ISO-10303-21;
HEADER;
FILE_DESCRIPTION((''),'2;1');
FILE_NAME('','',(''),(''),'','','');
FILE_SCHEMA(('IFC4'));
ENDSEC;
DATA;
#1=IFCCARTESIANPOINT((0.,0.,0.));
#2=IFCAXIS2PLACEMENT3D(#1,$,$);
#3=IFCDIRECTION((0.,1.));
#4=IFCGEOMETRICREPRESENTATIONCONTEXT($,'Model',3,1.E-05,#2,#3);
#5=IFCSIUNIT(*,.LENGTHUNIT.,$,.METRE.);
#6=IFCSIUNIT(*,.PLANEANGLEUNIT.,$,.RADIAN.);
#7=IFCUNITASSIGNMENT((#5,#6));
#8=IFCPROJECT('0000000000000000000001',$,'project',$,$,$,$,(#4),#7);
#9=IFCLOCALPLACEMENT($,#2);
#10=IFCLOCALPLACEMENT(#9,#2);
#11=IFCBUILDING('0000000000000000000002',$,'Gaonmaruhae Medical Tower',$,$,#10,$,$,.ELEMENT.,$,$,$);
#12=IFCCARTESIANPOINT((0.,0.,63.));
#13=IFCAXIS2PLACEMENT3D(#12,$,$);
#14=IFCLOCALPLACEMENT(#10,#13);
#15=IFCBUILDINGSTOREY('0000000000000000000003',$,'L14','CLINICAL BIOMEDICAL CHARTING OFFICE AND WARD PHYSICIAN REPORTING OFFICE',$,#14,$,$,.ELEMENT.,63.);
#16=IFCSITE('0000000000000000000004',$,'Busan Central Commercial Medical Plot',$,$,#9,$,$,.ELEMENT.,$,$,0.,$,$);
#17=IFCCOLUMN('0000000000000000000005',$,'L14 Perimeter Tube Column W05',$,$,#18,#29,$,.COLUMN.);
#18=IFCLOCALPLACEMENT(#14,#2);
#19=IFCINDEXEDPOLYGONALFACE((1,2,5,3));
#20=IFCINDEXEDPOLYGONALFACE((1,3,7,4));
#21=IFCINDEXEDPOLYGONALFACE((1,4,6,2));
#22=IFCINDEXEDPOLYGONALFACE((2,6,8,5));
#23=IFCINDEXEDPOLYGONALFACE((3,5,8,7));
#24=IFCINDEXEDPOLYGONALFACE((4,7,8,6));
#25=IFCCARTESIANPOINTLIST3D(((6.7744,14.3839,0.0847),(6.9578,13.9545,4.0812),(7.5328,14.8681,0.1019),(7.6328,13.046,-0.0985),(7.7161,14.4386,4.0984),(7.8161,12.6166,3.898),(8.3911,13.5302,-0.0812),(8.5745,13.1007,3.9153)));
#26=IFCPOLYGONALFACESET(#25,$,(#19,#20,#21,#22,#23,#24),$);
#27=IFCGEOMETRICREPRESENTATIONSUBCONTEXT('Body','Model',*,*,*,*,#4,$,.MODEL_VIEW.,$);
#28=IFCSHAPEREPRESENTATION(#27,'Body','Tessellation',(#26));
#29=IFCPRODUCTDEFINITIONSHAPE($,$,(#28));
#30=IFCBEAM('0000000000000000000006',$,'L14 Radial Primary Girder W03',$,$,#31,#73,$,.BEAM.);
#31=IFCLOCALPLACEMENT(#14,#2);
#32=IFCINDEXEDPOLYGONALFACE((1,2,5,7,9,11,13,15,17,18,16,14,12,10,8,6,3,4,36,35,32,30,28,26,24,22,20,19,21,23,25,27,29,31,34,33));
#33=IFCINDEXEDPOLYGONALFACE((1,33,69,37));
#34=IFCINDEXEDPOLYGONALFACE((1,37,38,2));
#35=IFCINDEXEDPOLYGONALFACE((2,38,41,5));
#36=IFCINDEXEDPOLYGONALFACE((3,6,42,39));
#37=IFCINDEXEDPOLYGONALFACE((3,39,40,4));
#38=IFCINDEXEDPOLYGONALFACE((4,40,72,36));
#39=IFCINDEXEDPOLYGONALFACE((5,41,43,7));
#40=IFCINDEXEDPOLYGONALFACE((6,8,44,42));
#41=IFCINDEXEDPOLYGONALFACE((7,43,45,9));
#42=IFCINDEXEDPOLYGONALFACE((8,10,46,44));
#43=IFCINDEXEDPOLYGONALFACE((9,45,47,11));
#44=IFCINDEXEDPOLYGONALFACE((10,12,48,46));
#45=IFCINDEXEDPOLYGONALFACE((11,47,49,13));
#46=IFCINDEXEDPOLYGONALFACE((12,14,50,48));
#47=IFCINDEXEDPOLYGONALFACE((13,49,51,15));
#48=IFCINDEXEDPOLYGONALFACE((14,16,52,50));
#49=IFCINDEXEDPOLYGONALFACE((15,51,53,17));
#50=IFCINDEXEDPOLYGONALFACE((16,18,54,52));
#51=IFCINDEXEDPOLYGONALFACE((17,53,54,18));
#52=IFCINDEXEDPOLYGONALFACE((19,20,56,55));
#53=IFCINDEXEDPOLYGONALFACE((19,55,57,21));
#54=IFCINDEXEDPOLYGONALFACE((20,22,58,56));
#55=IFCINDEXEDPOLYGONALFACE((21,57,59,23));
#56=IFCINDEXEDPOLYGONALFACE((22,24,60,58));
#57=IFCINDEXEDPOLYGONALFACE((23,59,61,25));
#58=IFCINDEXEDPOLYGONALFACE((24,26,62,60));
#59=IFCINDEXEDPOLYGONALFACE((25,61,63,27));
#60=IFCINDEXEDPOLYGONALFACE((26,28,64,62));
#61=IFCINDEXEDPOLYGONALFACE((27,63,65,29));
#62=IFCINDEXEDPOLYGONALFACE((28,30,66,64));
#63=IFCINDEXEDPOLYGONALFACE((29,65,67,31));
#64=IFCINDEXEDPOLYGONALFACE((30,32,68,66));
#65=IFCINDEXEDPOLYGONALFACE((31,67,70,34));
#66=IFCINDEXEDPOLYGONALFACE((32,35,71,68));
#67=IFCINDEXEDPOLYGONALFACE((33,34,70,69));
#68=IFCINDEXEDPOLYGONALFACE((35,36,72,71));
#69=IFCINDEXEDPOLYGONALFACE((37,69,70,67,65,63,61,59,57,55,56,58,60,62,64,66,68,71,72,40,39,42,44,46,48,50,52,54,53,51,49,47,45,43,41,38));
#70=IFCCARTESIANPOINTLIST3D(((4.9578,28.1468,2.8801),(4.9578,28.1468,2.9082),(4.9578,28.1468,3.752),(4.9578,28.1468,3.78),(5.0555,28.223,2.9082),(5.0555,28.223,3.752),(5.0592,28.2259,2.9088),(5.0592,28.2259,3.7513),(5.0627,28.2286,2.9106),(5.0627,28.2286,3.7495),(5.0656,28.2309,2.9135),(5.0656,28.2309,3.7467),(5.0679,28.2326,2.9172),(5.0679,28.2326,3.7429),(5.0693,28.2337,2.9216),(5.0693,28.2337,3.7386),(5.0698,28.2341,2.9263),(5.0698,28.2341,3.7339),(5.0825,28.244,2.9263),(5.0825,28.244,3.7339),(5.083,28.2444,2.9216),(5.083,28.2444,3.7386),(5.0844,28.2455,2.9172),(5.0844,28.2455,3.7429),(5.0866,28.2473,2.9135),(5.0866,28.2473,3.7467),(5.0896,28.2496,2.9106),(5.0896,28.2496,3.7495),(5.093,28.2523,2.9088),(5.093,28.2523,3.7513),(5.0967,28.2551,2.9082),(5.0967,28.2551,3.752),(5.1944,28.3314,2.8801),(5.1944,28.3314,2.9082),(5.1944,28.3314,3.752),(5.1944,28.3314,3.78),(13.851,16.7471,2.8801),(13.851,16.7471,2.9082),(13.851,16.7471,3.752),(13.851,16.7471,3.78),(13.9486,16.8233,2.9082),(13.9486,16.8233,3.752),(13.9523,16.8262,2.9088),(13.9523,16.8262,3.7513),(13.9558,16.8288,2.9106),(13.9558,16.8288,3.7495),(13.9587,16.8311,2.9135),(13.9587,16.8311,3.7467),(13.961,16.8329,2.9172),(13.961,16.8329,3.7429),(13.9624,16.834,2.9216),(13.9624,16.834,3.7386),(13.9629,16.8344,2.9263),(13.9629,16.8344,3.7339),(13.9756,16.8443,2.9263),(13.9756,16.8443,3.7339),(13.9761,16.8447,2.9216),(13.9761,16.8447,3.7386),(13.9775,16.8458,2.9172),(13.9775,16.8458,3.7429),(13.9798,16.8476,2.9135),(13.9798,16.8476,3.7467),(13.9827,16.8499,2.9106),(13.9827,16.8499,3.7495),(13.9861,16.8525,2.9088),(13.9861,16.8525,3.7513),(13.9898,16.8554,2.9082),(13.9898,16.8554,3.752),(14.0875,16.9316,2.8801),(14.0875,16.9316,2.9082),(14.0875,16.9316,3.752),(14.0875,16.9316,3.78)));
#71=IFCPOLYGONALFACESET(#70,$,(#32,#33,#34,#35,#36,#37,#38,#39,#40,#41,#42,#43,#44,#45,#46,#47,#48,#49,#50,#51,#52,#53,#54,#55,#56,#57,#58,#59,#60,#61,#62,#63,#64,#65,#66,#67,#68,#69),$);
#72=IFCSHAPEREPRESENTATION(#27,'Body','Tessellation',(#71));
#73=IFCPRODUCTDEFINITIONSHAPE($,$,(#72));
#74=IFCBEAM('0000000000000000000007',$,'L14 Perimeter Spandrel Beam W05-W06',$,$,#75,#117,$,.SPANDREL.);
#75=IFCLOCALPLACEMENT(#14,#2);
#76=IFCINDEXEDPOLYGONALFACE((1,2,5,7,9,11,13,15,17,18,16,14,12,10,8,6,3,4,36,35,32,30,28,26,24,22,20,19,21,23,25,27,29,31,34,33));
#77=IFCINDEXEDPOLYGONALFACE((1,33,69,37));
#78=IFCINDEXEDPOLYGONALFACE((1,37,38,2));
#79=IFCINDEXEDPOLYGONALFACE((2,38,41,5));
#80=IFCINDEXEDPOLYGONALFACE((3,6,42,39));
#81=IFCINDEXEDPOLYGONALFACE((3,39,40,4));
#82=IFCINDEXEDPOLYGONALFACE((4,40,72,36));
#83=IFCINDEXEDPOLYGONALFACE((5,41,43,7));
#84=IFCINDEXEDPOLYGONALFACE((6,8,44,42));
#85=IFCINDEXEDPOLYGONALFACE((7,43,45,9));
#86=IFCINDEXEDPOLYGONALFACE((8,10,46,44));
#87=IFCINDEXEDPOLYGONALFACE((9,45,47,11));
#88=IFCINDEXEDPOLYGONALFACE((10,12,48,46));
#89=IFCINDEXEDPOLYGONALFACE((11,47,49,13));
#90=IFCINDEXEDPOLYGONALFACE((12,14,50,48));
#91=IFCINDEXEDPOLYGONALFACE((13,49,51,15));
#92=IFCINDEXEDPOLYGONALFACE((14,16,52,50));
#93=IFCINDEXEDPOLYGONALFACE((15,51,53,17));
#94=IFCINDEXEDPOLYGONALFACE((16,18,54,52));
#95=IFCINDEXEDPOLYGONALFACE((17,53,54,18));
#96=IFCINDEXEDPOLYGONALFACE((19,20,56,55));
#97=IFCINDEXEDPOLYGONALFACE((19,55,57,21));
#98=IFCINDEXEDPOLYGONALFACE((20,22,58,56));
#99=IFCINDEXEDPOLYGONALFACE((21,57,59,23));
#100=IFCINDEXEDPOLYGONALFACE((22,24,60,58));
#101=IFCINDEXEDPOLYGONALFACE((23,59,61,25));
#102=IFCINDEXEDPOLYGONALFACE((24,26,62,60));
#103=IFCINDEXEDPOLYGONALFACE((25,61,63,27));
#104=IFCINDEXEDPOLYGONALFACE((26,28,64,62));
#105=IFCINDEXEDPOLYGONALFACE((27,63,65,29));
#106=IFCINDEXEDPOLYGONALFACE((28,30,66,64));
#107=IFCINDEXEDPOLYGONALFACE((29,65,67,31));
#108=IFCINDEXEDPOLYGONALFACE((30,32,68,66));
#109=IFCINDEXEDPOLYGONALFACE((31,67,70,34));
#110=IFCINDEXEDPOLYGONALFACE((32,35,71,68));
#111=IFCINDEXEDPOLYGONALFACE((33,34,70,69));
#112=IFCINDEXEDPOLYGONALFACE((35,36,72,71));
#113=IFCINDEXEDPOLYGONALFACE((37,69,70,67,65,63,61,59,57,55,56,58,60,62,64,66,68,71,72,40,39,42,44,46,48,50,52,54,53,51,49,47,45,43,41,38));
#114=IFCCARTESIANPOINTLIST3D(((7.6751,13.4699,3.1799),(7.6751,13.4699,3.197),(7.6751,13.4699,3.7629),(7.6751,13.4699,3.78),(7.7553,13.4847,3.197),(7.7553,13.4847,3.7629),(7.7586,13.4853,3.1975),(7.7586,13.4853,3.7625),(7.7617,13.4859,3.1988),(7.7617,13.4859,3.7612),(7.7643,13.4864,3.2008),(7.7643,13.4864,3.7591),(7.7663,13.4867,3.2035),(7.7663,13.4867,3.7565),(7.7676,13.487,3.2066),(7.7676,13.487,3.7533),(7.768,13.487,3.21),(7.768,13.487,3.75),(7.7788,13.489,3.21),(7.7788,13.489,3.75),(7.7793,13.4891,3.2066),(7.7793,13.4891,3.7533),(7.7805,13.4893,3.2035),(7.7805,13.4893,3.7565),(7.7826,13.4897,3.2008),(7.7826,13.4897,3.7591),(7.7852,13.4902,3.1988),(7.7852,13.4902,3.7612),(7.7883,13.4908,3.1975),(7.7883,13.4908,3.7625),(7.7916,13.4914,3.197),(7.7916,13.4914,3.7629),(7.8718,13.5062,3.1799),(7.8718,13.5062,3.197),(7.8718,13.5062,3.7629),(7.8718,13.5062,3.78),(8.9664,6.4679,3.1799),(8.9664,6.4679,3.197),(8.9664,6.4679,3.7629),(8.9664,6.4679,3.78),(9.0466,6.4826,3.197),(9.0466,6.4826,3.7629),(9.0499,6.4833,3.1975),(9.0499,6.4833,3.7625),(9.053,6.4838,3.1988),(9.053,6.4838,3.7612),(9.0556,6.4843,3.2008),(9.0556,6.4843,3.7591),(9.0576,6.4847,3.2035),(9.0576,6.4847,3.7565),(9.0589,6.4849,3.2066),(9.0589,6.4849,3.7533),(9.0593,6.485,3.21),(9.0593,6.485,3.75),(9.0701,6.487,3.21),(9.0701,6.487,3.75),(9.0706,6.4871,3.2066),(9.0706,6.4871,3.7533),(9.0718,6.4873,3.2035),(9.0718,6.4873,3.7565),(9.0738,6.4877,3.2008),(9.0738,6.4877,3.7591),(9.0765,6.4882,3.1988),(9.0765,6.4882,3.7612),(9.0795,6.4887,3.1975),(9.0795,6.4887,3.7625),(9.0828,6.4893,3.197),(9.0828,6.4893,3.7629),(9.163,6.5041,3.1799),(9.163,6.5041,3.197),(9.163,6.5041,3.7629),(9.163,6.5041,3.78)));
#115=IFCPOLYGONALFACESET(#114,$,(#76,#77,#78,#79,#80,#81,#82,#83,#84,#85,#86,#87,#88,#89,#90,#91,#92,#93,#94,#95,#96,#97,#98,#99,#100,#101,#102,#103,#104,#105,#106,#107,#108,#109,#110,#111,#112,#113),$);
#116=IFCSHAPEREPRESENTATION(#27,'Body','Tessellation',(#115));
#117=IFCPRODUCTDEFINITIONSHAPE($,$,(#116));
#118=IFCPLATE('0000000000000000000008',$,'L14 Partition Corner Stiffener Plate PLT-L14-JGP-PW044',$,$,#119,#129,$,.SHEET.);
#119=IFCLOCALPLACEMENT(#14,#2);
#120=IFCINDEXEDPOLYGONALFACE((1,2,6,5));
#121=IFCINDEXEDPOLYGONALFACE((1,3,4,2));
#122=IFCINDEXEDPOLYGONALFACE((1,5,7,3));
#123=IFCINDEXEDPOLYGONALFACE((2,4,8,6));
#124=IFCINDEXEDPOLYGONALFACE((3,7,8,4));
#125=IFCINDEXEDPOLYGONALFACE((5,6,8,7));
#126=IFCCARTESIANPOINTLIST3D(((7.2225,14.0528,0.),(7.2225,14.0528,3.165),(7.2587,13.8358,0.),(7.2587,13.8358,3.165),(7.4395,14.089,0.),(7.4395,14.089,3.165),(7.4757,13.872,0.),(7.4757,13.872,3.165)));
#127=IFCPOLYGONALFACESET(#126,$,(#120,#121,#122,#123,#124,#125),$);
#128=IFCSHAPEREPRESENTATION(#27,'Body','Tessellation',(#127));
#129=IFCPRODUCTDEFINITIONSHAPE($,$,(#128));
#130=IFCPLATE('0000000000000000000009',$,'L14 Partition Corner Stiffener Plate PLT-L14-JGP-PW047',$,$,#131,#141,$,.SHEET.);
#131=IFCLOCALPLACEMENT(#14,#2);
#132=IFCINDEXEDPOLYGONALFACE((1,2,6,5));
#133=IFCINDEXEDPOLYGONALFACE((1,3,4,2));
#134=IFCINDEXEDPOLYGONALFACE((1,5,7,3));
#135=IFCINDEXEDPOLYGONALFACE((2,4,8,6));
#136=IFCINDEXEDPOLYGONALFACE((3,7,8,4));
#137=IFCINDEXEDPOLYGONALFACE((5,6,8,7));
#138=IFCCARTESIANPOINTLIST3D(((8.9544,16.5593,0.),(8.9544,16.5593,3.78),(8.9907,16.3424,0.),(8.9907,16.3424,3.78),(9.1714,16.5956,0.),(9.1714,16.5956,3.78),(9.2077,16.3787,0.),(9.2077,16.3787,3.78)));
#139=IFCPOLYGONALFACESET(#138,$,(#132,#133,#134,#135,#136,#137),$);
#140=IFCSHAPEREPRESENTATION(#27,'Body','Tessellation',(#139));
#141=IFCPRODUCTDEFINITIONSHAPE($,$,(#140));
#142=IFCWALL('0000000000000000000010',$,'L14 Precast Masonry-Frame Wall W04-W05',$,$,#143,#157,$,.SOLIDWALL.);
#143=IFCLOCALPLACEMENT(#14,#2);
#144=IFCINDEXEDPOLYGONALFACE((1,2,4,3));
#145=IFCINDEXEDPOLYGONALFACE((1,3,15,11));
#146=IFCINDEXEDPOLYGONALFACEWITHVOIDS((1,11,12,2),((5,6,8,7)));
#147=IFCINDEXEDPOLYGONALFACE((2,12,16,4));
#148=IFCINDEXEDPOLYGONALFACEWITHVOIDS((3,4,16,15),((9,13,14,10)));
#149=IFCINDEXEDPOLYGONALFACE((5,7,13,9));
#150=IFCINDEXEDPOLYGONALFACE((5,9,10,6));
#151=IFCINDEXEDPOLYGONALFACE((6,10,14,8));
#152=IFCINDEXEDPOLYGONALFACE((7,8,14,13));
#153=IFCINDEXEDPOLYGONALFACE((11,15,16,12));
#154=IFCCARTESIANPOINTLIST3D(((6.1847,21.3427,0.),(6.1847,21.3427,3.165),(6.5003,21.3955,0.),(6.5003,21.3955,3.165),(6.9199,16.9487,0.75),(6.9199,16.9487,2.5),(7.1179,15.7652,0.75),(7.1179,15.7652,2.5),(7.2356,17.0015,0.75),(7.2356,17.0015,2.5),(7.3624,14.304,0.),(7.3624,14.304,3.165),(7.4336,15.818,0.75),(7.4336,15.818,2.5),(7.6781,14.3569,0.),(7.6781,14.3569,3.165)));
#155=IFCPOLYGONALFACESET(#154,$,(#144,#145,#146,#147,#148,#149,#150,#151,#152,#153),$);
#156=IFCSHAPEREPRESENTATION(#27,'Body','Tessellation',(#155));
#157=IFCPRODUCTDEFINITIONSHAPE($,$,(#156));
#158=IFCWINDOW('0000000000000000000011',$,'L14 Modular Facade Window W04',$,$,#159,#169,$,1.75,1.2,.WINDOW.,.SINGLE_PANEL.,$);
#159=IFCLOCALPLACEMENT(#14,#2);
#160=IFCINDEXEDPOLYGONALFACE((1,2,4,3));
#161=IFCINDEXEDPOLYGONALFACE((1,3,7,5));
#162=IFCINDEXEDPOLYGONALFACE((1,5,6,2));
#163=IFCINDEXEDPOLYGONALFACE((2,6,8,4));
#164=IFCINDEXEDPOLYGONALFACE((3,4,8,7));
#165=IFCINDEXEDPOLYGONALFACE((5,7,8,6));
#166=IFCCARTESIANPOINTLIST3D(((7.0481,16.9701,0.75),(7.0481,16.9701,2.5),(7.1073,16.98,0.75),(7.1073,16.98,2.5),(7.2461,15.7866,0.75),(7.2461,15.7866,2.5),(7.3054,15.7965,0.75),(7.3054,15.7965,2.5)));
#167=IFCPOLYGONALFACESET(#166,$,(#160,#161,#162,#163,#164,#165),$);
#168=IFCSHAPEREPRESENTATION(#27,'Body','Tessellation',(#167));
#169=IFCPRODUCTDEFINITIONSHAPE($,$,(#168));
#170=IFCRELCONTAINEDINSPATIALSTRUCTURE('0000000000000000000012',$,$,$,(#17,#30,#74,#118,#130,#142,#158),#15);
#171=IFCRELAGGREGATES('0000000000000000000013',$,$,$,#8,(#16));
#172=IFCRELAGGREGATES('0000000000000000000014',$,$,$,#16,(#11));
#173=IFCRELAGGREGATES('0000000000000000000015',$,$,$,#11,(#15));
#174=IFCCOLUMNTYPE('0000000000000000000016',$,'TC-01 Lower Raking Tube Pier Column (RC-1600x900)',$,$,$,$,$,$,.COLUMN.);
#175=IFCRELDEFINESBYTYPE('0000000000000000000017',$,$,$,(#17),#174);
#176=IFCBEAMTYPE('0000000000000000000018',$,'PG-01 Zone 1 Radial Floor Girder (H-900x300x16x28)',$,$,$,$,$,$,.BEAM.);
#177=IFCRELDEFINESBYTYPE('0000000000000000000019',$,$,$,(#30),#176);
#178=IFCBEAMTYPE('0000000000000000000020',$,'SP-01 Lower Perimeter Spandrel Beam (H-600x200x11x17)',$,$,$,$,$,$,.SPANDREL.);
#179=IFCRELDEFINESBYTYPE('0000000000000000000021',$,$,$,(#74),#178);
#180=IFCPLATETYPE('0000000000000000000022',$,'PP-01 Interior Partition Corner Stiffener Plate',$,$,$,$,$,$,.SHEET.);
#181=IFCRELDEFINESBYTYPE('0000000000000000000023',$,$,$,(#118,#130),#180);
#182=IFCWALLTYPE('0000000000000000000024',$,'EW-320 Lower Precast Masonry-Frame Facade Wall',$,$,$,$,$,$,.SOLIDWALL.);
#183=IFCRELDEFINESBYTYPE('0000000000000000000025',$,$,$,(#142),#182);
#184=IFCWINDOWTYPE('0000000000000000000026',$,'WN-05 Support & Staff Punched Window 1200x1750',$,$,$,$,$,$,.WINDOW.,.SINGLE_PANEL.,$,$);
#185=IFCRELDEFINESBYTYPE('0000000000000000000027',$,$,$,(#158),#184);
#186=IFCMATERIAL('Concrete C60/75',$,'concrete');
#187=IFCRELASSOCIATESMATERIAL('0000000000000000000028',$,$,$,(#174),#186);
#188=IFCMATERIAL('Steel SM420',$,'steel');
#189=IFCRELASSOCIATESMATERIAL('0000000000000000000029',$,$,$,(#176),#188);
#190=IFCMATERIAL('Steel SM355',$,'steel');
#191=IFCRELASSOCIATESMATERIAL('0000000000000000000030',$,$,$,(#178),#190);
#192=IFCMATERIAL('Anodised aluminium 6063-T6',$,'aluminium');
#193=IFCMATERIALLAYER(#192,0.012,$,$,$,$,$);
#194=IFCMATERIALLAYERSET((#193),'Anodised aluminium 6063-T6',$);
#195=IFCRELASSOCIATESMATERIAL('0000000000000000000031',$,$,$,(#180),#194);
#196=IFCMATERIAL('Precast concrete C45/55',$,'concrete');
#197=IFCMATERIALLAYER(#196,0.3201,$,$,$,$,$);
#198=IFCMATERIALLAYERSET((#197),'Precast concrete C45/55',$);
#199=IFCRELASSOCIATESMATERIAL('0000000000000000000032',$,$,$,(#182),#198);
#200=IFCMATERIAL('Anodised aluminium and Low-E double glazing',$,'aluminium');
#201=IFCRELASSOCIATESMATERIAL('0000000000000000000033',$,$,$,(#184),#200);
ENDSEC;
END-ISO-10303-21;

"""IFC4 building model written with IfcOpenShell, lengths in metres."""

from ifc_helpers import new_model, si_unit, direction, frame, frame_2d, origin, origin_2d, place, context, subcontext, project, spatial, rectangle, i_section, extrude, material, layer, layer_set, material_profile, profile_set, type_object, element, fill, save


model = new_model("IFC4")

# Units and contexts
model_context = context("Model", 3, precision=1e-05, world=origin(), true_north=direction((0.0, 1.0)))
body_context = subcontext(model_context, "Body", "Model", "MODEL_VIEW")
ifc_project = project(units=[si_unit("LENGTHUNIT", "METRE"), si_unit("PLANEANGLEUNIT", "RADIAN")], contexts=[model_context])

# Site, building, storey
site_placement = place(None, origin())
site = spatial("IfcSite", under=ifc_project, at=site_placement, Name="Busan Central Commercial Medical Plot", CompositionType="ELEMENT", RefElevation=0.0)
building_placement = place(site_placement, origin())
building = spatial("IfcBuilding", under=site, at=building_placement, Name="Gaonmaruhae Medical Tower", CompositionType="ELEMENT")
storey_placement = place(building_placement, frame((0.0, 0.0, 63.0)))
storey = spatial("IfcBuildingStorey", under=building, at=storey_placement, Name="L14", Description="CLINICAL BIOMEDICAL CHARTING OFFICE AND WARD PHYSICIAN REPORTING OFFICE", CompositionType="ELEMENT", Elevation=63.0)

# Column
ifc_material_1 = material(Name="Concrete C60/75", Category="concrete")
ifc_material_profile_1 = material_profile(ifc_material_1, rectangle(XDim=1.6001, YDim=0.8999, at=origin_2d()), Name="RC-1600x900")
ifc_profile_set_1 = profile_set([ifc_material_profile_1], Name="Concrete C60/75")
column_type = type_object("IfcColumnType", Name="TC-01 Lower Raking Tube Pier Column (RC-1600x900)", PredefinedType="COLUMN", material=ifc_profile_set_1)
column_placement = place(storey_placement, frame((7.5828, 13.957, 0.0017), z_axis=(0.045567, -0.106727, 0.993244), x_axis=(-0.536447, 0.836137, 0.114455)))
element("IfcColumn", 1, at=column_placement, inside=storey, type_object=column_type, Name="L14 Perimeter Tube Column W05", PredefinedType="COLUMN", context=body_context, shape_type="SweptSolid", body=[
    extrude(rectangle(XDim=1.6001, YDim=0.8999, at=origin_2d()), origin(), (0.0, 0.0, 1.0), 4.0237),
])

# Beams
ifc_material_2 = material(Name="Steel SM420", Category="steel")
ifc_material_profile_2 = material_profile(ifc_material_2, i_section(OverallWidth=0.3, OverallDepth=0.8999, WebThickness=0.0161, FlangeThickness=0.0281, FilletRadius=0.0181, at=origin_2d()), Name="H-900x300x16x28")
ifc_profile_set_2 = profile_set([ifc_material_profile_2], Name="Steel SM420")
beam_type_1 = type_object("IfcBeamType", Name="PG-01 Zone 1 Radial Floor Girder (H-900x300x16x28)", PredefinedType="BEAM", material=ifc_profile_set_2)
beam_1_placement = place(storey_placement, frame((13.9692, 16.8394, 3.3301), z_axis=(-0.615089, 0.788458, 0.0), x_axis=(-0.788458, -0.615089, 0.0)))
element("IfcBeam", 2, at=beam_1_placement, inside=storey, type_object=beam_type_1, Name="L14 Radial Primary Girder W03", PredefinedType="BEAM", context=body_context, shape_type="SweptSolid", body=[
    extrude(i_section(OverallWidth=0.3, OverallDepth=0.8999, WebThickness=0.0161, FlangeThickness=0.0281, FilletRadius=0.0181, at=origin_2d()), origin(), (0.0, 0.0, 1.0), 14.4583),
])
ifc_material_3 = material(Name="Steel SM355", Category="steel")
ifc_material_profile_3 = material_profile(ifc_material_3, i_section(OverallWidth=0.2, OverallDepth=0.6001, WebThickness=0.011, FlangeThickness=0.0171, FilletRadius=0.0129, at=origin_2d()), Name="H-600x200x11x17")
ifc_profile_set_3 = profile_set([ifc_material_profile_3], Name="Steel SM355")
beam_type_2 = type_object("IfcBeamType", Name="SP-01 Lower Perimeter Spandrel Beam (H-600x200x11x17)", PredefinedType="SPANDREL", material=ifc_profile_set_3)
beam_2_placement = place(storey_placement, frame((7.7734, 13.488, 3.48), z_axis=(0.181356, -0.983417, 0.0), x_axis=(0.983417, 0.181356, 0.0)))
element("IfcBeam", 3, at=beam_2_placement, inside=storey, type_object=beam_type_2, Name="L14 Perimeter Spandrel Beam W05-W06", PredefinedType="SPANDREL", context=body_context, shape_type="SweptSolid", body=[
    extrude(i_section(OverallWidth=0.2, OverallDepth=0.6001, WebThickness=0.011, FlangeThickness=0.0171, FilletRadius=0.0129, at=origin_2d()), origin(), (0.0, 0.0, 1.0), 7.1201),
])

# Plates
ifc_material_4 = material(Name="Anodised aluminium 6063-T6", Category="aluminium")
ifc_layer_1 = layer(ifc_material_4, 0.012)
ifc_layer_set_1 = layer_set([ifc_layer_1], Name="Anodised aluminium 6063-T6")
plate_type = type_object("IfcPlateType", Name="PP-01 Interior Partition Corner Stiffener Plate", PredefinedType="SHEET", material=ifc_layer_set_1)
plate_1_placement = place(storey_placement, frame((7.3491, 13.9624, 0.0), z_axis=(0.0, 0.0, 1.0), x_axis=(-0.164634, 0.986355, 0.0)))
element("IfcPlate", 4, at=plate_1_placement, inside=storey, type_object=plate_type, Name="L14 Partition Corner Stiffener Plate PLT-L14-JGP-PW044", PredefinedType="SHEET", context=body_context, shape_type="SweptSolid", body=[
    extrude(rectangle(XDim=0.22, YDim=0.22, at=origin_2d()), origin(), (0.0, 0.0, 1.0), 3.165),
])
plate_2_placement = place(storey_placement, frame((9.0811, 16.469, 0.0), z_axis=(0.0, 0.0, 1.0), x_axis=(-0.986283, -0.165065, 0.0)))
element("IfcPlate", 5, at=plate_2_placement, inside=storey, type_object=plate_type, Name="L14 Partition Corner Stiffener Plate PLT-L14-JGP-PW047", PredefinedType="SHEET", context=body_context, shape_type="SweptSolid", body=[
    extrude(rectangle(XDim=0.22, YDim=0.22, at=origin_2d()), origin(), (0.0, 0.0, 1.0), 3.78),
])

# Wall, opening, window
ifc_material_5 = material(Name="Precast concrete C45/55", Category="concrete")
ifc_layer_2 = layer(ifc_material_5, 0.3201)
ifc_layer_set_2 = layer_set([ifc_layer_2], Name="Precast concrete C45/55")
wall_type_1 = type_object("IfcWallType", Name="EW-320 Lower Precast Masonry-Frame Facade Wall", PredefinedType="SOLIDWALL", material=ifc_layer_set_2)
wall_1_placement = place(storey_placement, frame((7.5203, 14.3303, 0.0), z_axis=(0.0, 0.0, 1.0), x_axis=(-0.165031, 0.986288, 0.0)))
wall_1 = element("IfcWall", 6, at=wall_1_placement, inside=storey, type_object=wall_type_1, Name="L14 Precast Masonry-Frame Wall W04-W05", PredefinedType="SOLIDWALL", context=body_context, shape_type="SweptSolid", body=[
    extrude(rectangle(XDim=7.1365, YDim=0.3201, at=frame_2d((3.5684, 0.0))), origin(), (0.0, 0.0, 1.0), 3.165),
])
opening_1_placement = place(wall_1_placement, frame((1.4814, 0.0, 0.75)))
opening_1 = element("IfcOpeningElement", 7, at=opening_1_placement, cuts=wall_1, PredefinedType="OPENING", context=body_context, shape_type="SweptSolid", body=[
    extrude(rectangle(XDim=1.2, YDim=1.75, at=frame_2d((0.6001, 0.875))), frame((0.0, 0.1699, 0.0), z_axis=(0.0, -1.0, 0.0), x_axis=(1.0, 0.0, 0.0)), (0.0, 0.0, 1.0), 0.3401),
])
ifc_material_6 = material(Name="Anodised aluminium and Low-E double glazing", Category="aluminium")
window_type = type_object("IfcWindowType", Name="WN-05 Support & Staff Punched Window 1200x1750", PartitioningType="SINGLE_PANEL", PredefinedType="WINDOW", material=ifc_material_6)
window_placement = place(opening_1_placement, origin())
window = element("IfcWindow", 8, at=window_placement, inside=storey, type_object=window_type, Name="L14 Modular Facade Window W04", OverallHeight=1.75, OverallWidth=1.2, PartitioningType="SINGLE_PANEL", PredefinedType="WINDOW", context=body_context, shape_type="SweptSolid", body=[
    extrude(rectangle(XDim=1.2, YDim=1.75, at=frame_2d((0.6001, 0.875))), frame((0.0, 0.03, 0.0), z_axis=(0.0, -1.0, 0.0), x_axis=(1.0, 0.0, 0.0)), (0.0, 0.0, 1.0), 0.0601),
])
fill(opening_1, window)

save(model, "model.ifc")
